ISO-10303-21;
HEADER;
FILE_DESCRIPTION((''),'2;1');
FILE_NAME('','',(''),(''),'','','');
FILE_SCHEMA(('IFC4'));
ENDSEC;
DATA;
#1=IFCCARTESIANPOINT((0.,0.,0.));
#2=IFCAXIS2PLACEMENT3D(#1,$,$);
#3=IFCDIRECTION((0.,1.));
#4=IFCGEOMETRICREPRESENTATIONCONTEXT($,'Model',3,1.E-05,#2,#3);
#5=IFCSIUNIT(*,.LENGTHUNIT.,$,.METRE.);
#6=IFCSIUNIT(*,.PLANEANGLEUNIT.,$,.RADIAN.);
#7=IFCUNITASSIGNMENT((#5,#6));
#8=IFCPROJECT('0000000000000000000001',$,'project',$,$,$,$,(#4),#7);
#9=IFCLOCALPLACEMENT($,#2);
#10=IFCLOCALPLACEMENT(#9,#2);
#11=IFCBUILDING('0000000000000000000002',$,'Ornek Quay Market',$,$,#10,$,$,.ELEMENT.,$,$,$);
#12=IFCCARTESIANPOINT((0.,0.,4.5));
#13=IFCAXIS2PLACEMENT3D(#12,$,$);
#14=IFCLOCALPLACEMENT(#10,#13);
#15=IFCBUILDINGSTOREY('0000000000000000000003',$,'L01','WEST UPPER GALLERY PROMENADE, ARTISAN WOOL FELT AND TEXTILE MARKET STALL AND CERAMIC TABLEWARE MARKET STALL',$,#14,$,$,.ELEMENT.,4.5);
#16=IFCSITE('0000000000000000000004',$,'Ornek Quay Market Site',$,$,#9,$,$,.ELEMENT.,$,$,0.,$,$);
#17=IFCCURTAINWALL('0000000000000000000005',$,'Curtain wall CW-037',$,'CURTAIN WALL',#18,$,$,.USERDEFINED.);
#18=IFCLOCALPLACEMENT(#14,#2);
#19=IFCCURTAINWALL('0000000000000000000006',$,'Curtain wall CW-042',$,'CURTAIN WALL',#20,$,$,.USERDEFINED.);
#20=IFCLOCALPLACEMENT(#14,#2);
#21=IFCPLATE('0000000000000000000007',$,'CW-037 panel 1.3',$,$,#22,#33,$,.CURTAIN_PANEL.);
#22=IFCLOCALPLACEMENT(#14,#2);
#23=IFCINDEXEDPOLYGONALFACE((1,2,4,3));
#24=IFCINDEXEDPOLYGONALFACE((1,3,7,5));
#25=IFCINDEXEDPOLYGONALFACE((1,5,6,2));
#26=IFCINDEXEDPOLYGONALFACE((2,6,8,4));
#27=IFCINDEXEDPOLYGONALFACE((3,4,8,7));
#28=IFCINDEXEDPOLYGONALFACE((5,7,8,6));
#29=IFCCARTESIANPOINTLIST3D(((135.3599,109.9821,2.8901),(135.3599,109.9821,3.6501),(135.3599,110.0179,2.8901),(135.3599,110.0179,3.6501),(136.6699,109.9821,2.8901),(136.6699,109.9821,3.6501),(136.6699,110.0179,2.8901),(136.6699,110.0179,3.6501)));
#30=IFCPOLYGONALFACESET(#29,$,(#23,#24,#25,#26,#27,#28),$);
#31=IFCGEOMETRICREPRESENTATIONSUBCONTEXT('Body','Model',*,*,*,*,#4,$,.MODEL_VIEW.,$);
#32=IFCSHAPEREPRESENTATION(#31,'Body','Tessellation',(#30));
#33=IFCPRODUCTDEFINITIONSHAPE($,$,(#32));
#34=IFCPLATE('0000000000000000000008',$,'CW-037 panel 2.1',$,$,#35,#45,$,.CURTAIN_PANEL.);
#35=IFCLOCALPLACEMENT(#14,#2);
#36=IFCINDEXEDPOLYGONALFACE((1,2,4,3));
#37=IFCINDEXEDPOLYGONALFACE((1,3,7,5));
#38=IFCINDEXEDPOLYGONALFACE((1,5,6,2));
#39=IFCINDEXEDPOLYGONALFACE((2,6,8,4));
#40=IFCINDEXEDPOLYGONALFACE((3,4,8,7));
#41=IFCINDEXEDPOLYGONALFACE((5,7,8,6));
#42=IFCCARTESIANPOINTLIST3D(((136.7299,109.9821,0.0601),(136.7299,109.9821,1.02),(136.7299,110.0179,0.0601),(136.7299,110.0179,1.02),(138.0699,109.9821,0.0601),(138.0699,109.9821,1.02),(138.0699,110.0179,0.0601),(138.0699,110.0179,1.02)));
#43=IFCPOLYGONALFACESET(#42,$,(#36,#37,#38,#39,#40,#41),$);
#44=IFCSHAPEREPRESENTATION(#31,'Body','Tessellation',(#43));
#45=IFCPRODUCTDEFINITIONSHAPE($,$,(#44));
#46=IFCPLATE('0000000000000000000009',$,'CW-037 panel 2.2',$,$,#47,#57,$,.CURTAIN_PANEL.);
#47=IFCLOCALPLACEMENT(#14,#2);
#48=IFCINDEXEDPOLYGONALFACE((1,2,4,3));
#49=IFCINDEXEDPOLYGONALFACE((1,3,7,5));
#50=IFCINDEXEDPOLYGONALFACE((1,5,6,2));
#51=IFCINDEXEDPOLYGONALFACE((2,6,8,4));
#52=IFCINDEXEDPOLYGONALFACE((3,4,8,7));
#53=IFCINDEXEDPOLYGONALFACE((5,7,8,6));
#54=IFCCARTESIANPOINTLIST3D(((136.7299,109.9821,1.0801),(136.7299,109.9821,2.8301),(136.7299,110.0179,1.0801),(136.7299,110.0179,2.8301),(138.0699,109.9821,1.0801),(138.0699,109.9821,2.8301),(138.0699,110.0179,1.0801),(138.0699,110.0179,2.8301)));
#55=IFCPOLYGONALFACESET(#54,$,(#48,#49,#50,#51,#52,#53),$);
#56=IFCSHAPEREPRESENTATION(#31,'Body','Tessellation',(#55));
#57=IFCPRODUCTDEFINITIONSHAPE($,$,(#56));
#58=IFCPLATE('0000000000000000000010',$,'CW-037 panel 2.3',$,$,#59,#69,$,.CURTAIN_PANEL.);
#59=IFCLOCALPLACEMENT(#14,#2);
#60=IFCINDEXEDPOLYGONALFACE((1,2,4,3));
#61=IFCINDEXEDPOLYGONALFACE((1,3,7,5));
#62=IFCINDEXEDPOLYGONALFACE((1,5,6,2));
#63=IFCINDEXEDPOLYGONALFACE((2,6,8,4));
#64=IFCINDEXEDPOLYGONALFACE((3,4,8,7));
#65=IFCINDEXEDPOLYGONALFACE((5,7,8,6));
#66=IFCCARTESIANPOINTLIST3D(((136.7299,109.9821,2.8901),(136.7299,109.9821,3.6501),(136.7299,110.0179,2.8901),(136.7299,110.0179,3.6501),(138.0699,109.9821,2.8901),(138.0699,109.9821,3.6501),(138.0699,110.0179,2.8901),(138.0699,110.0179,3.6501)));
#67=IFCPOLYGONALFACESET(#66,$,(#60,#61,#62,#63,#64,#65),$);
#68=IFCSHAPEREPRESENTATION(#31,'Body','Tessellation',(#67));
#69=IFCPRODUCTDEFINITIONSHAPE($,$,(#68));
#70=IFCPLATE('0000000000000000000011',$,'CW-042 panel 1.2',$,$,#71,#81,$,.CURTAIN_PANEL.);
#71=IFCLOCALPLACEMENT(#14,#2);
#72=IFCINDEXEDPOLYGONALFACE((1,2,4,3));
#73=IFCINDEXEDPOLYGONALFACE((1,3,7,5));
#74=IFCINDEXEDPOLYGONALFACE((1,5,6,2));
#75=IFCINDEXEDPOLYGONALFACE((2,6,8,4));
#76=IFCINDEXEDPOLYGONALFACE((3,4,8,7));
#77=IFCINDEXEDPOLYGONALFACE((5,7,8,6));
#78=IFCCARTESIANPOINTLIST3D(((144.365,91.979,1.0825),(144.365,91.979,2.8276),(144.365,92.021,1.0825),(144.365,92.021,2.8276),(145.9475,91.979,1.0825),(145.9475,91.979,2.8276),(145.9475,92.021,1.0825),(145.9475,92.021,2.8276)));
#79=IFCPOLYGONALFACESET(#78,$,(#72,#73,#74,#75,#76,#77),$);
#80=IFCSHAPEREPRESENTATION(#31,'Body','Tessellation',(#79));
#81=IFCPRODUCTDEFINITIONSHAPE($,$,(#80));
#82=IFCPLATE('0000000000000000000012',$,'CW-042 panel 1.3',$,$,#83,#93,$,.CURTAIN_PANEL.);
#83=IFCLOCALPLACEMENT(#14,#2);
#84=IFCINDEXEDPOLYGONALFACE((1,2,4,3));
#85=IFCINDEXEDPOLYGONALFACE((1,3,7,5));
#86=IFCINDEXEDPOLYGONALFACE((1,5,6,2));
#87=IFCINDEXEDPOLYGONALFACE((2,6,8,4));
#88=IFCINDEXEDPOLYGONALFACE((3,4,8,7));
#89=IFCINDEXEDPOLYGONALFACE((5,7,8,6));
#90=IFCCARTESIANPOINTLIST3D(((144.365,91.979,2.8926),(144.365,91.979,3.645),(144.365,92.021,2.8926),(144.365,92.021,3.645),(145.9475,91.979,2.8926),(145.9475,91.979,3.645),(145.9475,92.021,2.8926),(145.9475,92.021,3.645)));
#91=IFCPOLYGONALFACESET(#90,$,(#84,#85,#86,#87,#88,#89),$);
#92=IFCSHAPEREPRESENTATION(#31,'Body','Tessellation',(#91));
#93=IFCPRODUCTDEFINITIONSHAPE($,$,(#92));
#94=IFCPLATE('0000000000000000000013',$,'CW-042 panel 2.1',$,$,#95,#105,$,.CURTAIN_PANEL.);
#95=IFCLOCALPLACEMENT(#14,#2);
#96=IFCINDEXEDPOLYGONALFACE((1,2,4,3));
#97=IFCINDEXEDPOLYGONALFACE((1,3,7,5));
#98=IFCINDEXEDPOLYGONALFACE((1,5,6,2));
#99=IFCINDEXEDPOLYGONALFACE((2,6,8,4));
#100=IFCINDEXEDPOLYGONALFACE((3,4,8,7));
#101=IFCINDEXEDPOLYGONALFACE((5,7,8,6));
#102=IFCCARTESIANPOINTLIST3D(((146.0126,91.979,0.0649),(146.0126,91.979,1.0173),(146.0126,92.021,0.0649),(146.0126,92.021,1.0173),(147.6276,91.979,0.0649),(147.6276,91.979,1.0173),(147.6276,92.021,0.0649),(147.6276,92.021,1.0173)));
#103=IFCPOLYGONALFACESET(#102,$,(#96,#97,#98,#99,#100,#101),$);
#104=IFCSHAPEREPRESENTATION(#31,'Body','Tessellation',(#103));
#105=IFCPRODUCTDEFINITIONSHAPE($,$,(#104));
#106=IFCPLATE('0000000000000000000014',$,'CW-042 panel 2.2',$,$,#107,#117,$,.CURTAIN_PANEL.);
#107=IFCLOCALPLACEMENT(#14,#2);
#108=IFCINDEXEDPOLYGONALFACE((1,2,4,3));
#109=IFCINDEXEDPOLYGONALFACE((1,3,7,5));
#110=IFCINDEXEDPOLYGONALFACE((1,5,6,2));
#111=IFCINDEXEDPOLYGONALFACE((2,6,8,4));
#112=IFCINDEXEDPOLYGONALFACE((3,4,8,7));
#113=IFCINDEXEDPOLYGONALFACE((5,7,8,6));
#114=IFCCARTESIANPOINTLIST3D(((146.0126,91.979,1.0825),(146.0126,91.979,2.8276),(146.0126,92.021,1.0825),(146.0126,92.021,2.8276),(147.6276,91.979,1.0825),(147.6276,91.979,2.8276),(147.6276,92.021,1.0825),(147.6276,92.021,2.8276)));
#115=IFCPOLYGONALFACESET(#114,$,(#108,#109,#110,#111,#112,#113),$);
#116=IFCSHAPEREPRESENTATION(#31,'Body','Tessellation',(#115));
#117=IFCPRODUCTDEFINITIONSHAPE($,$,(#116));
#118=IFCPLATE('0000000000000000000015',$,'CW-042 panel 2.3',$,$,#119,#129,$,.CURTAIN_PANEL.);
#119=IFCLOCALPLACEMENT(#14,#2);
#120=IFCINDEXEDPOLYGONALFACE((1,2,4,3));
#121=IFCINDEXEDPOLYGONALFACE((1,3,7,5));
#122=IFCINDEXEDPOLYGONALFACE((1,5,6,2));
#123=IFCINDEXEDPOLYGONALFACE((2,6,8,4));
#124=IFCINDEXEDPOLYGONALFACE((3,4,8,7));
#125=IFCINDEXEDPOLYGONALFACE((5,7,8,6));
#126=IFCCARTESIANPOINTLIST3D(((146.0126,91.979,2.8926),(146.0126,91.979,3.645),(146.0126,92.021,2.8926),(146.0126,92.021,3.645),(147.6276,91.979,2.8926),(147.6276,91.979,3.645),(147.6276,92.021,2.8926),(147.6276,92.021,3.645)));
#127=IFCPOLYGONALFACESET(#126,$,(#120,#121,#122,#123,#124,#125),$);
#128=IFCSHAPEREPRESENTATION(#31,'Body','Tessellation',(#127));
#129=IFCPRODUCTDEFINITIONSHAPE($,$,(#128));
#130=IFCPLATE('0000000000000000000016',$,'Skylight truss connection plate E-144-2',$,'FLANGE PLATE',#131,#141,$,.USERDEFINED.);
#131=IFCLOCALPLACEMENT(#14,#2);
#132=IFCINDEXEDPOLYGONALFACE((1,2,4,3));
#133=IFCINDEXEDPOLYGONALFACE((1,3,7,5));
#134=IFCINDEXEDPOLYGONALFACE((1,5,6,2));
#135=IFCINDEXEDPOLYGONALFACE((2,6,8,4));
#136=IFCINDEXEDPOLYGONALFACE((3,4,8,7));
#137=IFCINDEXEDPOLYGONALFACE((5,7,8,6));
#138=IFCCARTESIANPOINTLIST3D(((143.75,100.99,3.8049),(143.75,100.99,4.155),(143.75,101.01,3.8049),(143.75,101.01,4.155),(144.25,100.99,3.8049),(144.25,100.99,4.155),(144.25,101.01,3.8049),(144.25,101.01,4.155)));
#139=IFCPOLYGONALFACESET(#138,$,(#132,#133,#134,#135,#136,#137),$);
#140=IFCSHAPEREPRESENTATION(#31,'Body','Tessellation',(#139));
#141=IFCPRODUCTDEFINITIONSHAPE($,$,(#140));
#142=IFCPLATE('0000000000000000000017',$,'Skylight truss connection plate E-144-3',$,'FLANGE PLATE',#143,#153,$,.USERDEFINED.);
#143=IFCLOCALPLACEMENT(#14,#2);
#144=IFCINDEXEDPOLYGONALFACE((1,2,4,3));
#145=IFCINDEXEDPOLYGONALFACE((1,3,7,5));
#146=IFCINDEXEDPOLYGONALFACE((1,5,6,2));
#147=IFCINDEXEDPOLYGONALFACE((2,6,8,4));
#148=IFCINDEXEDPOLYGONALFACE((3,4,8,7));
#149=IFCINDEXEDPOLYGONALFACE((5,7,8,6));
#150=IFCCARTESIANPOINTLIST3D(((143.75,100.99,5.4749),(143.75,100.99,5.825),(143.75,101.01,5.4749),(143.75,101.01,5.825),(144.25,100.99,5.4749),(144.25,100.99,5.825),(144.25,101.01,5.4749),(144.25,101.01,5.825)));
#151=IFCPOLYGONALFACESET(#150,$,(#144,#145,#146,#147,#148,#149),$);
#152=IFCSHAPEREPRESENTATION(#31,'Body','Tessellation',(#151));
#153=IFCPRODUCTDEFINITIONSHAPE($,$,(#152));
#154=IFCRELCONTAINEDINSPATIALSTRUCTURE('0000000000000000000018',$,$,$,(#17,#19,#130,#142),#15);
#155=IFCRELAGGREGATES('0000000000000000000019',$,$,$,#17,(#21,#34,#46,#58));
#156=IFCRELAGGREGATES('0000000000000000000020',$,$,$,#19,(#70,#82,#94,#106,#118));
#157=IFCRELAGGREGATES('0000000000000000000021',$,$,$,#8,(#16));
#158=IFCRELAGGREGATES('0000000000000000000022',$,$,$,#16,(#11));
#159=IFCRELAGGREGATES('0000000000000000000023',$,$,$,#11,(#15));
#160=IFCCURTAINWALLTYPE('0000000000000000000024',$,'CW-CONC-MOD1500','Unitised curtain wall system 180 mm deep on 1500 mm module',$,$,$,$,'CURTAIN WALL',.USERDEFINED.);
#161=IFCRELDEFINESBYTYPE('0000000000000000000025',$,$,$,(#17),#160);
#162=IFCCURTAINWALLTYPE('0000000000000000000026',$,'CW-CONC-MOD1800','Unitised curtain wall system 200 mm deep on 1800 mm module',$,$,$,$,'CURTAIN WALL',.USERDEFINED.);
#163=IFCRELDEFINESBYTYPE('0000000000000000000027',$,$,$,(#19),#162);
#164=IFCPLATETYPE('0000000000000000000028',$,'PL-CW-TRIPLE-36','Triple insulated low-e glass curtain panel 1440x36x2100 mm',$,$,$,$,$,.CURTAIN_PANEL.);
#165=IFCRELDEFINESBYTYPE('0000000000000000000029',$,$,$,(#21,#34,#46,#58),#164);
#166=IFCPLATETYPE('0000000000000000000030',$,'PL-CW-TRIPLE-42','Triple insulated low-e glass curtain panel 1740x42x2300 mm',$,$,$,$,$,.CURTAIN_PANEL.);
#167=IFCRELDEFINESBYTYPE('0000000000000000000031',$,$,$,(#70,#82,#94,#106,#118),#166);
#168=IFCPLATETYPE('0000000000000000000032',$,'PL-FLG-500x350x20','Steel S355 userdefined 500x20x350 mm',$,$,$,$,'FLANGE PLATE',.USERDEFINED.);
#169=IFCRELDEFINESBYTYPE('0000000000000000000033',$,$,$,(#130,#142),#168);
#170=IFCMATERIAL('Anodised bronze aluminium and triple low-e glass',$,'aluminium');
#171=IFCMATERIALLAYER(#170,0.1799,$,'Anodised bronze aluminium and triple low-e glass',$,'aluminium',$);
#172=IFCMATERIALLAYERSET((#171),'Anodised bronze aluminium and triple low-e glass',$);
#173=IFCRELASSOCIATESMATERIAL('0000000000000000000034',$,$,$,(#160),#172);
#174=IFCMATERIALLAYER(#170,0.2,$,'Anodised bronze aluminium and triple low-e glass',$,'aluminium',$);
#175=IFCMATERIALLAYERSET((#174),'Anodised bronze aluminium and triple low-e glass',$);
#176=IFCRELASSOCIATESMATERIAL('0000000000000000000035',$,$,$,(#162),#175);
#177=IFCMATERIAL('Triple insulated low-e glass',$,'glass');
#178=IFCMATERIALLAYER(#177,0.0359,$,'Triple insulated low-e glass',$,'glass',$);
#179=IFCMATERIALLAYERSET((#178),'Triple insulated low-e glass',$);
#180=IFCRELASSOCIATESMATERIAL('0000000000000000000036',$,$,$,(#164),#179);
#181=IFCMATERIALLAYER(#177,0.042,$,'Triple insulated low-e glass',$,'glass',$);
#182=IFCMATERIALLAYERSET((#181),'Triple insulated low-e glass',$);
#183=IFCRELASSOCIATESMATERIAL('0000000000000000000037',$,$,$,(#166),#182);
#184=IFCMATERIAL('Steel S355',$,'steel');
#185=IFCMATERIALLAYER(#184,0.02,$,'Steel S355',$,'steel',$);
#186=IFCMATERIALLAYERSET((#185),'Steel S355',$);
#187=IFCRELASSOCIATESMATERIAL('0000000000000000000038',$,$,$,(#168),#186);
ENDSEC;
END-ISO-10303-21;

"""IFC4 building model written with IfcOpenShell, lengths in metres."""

from ifc_helpers import new_model, si_unit, direction, frame, origin, origin_2d, place, context, subcontext, project, spatial, rectangle, extrude, material, layer, layer_set, type_object, element, aggregate, save


model = new_model("IFC4")

# Units and contexts
model_context = context("Model", 3, precision=1e-05, world=origin(), true_north=direction((0.0, 1.0)))
body_context = subcontext(model_context, "Body", "Model", "MODEL_VIEW")
ifc_project = project(units=[si_unit("LENGTHUNIT", "METRE"), si_unit("PLANEANGLEUNIT", "RADIAN")], contexts=[model_context])

# Site, building, storey
site_placement = place(None, origin())
site = spatial("IfcSite", under=ifc_project, at=site_placement, Name="Ornek Quay Market Site", CompositionType="ELEMENT", RefElevation=0.0)
building_placement = place(site_placement, origin())
building = spatial("IfcBuilding", under=site, at=building_placement, Name="Ornek Quay Market", CompositionType="ELEMENT")
storey_placement = place(building_placement, frame((0.0, 0.0, 4.5)))
storey = spatial("IfcBuildingStorey", under=building, at=storey_placement, Name="L01", Description="WEST UPPER GALLERY PROMENADE, ARTISAN WOOL FELT AND TEXTILE MARKET STALL AND CERAMIC TABLEWARE MARKET STALL", CompositionType="ELEMENT", Elevation=4.5)

# Curtain walls
ifc_material_1 = material(Name="Anodised bronze aluminium and triple low-e glass", Category="aluminium")
ifc_layer_1 = layer(ifc_material_1, 0.1799, Name="Anodised bronze aluminium and triple low-e glass", Category="aluminium")
ifc_layer_set_1 = layer_set([ifc_layer_1], Name="Anodised bronze aluminium and triple low-e glass")
curtain_wall_type_1 = type_object("IfcCurtainWallType", Name="CW-CONC-MOD1500", Description="Unitised curtain wall system 180 mm deep on 1500 mm module", ElementType="CURTAIN WALL", PredefinedType="USERDEFINED", material=ifc_layer_set_1)
curtain_wall_1_placement = place(storey_placement, origin())
curtain_wall_1 = element("IfcCurtainWall", 1, at=curtain_wall_1_placement, inside=storey, type_object=curtain_wall_type_1, Name="Curtain wall CW-037", ObjectType="CURTAIN WALL", PredefinedType="USERDEFINED")
ifc_layer_2 = layer(ifc_material_1, 0.2, Name="Anodised bronze aluminium and triple low-e glass", Category="aluminium")
ifc_layer_set_2 = layer_set([ifc_layer_2], Name="Anodised bronze aluminium and triple low-e glass")
curtain_wall_type_2 = type_object("IfcCurtainWallType", Name="CW-CONC-MOD1800", Description="Unitised curtain wall system 200 mm deep on 1800 mm module", ElementType="CURTAIN WALL", PredefinedType="USERDEFINED", material=ifc_layer_set_2)
curtain_wall_2_placement = place(storey_placement, origin())
curtain_wall_2 = element("IfcCurtainWall", 2, at=curtain_wall_2_placement, inside=storey, type_object=curtain_wall_type_2, Name="Curtain wall CW-042", ObjectType="CURTAIN WALL", PredefinedType="USERDEFINED")

# Shared definitions
ifc_material_2 = material(Name="Steel S355", Category="steel")

# Plates
ifc_material_3 = material(Name="Triple insulated low-e glass", Category="glass")
ifc_layer_3 = layer(ifc_material_3, 0.0359, Name="Triple insulated low-e glass", Category="glass")
ifc_layer_set_3 = layer_set([ifc_layer_3], Name="Triple insulated low-e glass")
plate_type_1 = type_object("IfcPlateType", Name="PL-CW-TRIPLE-36", Description="Triple insulated low-e glass curtain panel 1440x36x2100 mm", PredefinedType="CURTAIN_PANEL", material=ifc_layer_set_3)
plate_1_placement = place(storey_placement, frame((136.0149, 110.0, 2.8901), z_axis=(0.0, 0.0, 1.0), x_axis=(1.0, 0.0, 0.0)))
plate_1 = element("IfcPlate", 3, at=plate_1_placement, type_object=plate_type_1, Name="CW-037 panel 1.3", PredefinedType="CURTAIN_PANEL", context=body_context, shape_type="SweptSolid", body=[
    extrude(rectangle(XDim=1.3101, YDim=0.0359, at=origin_2d()), origin(), (0.0, 0.0, 1.0), 0.76),
])
plate_2_placement = place(storey_placement, frame((137.3999, 110.0, 0.0601), z_axis=(0.0, 0.0, 1.0), x_axis=(1.0, 0.0, 0.0)))
plate_2 = element("IfcPlate", 4, at=plate_2_placement, type_object=plate_type_1, Name="CW-037 panel 2.1", PredefinedType="CURTAIN_PANEL", context=body_context, shape_type="SweptSolid", body=[
    extrude(rectangle(XDim=1.3401, YDim=0.0359, at=origin_2d()), origin(), (0.0, 0.0, 1.0), 0.96),
])
plate_3_placement = place(storey_placement, frame((137.3999, 110.0, 1.0801), z_axis=(0.0, 0.0, 1.0), x_axis=(1.0, 0.0, 0.0)))
plate_3 = element("IfcPlate", 5, at=plate_3_placement, type_object=plate_type_1, Name="CW-037 panel 2.2", PredefinedType="CURTAIN_PANEL", context=body_context, shape_type="SweptSolid", body=[
    extrude(rectangle(XDim=1.3401, YDim=0.0359, at=origin_2d()), origin(), (0.0, 0.0, 1.0), 1.75),
])
plate_4_placement = place(storey_placement, frame((137.3999, 110.0, 2.8901), z_axis=(0.0, 0.0, 1.0), x_axis=(1.0, 0.0, 0.0)))
plate_4 = element("IfcPlate", 6, at=plate_4_placement, type_object=plate_type_1, Name="CW-037 panel 2.3", PredefinedType="CURTAIN_PANEL", context=body_context, shape_type="SweptSolid", body=[
    extrude(rectangle(XDim=1.3401, YDim=0.0359, at=origin_2d()), origin(), (0.0, 0.0, 1.0), 0.76),
])
aggregate(curtain_wall_1, [plate_1, plate_2, plate_3, plate_4])
ifc_layer_4 = layer(ifc_material_3, 0.042, Name="Triple insulated low-e glass", Category="glass")
ifc_layer_set_4 = layer_set([ifc_layer_4], Name="Triple insulated low-e glass")
plate_type_2 = type_object("IfcPlateType", Name="PL-CW-TRIPLE-42", Description="Triple insulated low-e glass curtain panel 1740x42x2300 mm", PredefinedType="CURTAIN_PANEL", material=ifc_layer_set_4)
plate_5_placement = place(storey_placement, frame((145.1562, 92.0, 1.0825), z_axis=(0.0, 0.0, 1.0), x_axis=(1.0, 0.0, 0.0)))
plate_5 = element("IfcPlate", 7, at=plate_5_placement, type_object=plate_type_2, Name="CW-042 panel 1.2", PredefinedType="CURTAIN_PANEL", context=body_context, shape_type="SweptSolid", body=[
    extrude(rectangle(XDim=1.5825, YDim=0.042, at=origin_2d()), origin(), (0.0, 0.0, 1.0), 1.7451),
])
plate_6_placement = place(storey_placement, frame((145.1562, 92.0, 2.8926), z_axis=(0.0, 0.0, 1.0), x_axis=(1.0, 0.0, 0.0)))
plate_6 = element("IfcPlate", 8, at=plate_6_placement, type_object=plate_type_2, Name="CW-042 panel 1.3", PredefinedType="CURTAIN_PANEL", context=body_context, shape_type="SweptSolid", body=[
    extrude(rectangle(XDim=1.5825, YDim=0.042, at=origin_2d()), origin(), (0.0, 0.0, 1.0), 0.7524),
])
plate_7_placement = place(storey_placement, frame((146.8201, 92.0, 0.0649), z_axis=(0.0, 0.0, 1.0), x_axis=(1.0, 0.0, 0.0)))
plate_7 = element("IfcPlate", 9, at=plate_7_placement, type_object=plate_type_2, Name="CW-042 panel 2.1", PredefinedType="CURTAIN_PANEL", context=body_context, shape_type="SweptSolid", body=[
    extrude(rectangle(XDim=1.615, YDim=0.042, at=origin_2d()), origin(), (0.0, 0.0, 1.0), 0.9524),
])
plate_8_placement = place(storey_placement, frame((146.8201, 92.0, 1.0825), z_axis=(0.0, 0.0, 1.0), x_axis=(1.0, 0.0, 0.0)))
plate_8 = element("IfcPlate", 10, at=plate_8_placement, type_object=plate_type_2, Name="CW-042 panel 2.2", PredefinedType="CURTAIN_PANEL", context=body_context, shape_type="SweptSolid", body=[
    extrude(rectangle(XDim=1.615, YDim=0.042, at=origin_2d()), origin(), (0.0, 0.0, 1.0), 1.7451),
])
plate_9_placement = place(storey_placement, frame((146.8201, 92.0, 2.8926), z_axis=(0.0, 0.0, 1.0), x_axis=(1.0, 0.0, 0.0)))
plate_9 = element("IfcPlate", 11, at=plate_9_placement, type_object=plate_type_2, Name="CW-042 panel 2.3", PredefinedType="CURTAIN_PANEL", context=body_context, shape_type="SweptSolid", body=[
    extrude(rectangle(XDim=1.615, YDim=0.042, at=origin_2d()), origin(), (0.0, 0.0, 1.0), 0.7524),
])
aggregate(curtain_wall_2, [plate_5, plate_6, plate_7, plate_8, plate_9])

# Plates
ifc_layer_5 = layer(ifc_material_2, 0.02, Name="Steel S355", Category="steel")
ifc_layer_set_5 = layer_set([ifc_layer_5], Name="Steel S355")
plate_type_3 = type_object("IfcPlateType", Name="PL-FLG-500x350x20", Description="Steel S355 userdefined 500x20x350 mm", ElementType="FLANGE PLATE", PredefinedType="USERDEFINED", material=ifc_layer_set_5)
for number, where, z_axis, x_axis, name in (
    (12, (144.0, 101.0, 3.8049), (0.0, 0.0, 1.0), (1.0, 0.0, 0.0), "Skylight truss connection plate E-144-2"),
    (13, (144.0, 101.0, 5.4749), (0.0, 0.0, 1.0), (1.0, 0.0, 0.0), "Skylight truss connection plate E-144-3"),
):
    element("IfcPlate", number, at=place(storey_placement, frame(where, z_axis=z_axis, x_axis=x_axis)), inside=storey, type_object=plate_type_3, Name=name, ObjectType="FLANGE PLATE", PredefinedType="USERDEFINED", context=body_context, shape_type="SweptSolid", body=[
        extrude(rectangle(XDim=0.5, YDim=0.02, at=origin_2d()), origin(), (0.0, 0.0, 1.0), 0.3501),
    ])

save(model, "model.ifc")
